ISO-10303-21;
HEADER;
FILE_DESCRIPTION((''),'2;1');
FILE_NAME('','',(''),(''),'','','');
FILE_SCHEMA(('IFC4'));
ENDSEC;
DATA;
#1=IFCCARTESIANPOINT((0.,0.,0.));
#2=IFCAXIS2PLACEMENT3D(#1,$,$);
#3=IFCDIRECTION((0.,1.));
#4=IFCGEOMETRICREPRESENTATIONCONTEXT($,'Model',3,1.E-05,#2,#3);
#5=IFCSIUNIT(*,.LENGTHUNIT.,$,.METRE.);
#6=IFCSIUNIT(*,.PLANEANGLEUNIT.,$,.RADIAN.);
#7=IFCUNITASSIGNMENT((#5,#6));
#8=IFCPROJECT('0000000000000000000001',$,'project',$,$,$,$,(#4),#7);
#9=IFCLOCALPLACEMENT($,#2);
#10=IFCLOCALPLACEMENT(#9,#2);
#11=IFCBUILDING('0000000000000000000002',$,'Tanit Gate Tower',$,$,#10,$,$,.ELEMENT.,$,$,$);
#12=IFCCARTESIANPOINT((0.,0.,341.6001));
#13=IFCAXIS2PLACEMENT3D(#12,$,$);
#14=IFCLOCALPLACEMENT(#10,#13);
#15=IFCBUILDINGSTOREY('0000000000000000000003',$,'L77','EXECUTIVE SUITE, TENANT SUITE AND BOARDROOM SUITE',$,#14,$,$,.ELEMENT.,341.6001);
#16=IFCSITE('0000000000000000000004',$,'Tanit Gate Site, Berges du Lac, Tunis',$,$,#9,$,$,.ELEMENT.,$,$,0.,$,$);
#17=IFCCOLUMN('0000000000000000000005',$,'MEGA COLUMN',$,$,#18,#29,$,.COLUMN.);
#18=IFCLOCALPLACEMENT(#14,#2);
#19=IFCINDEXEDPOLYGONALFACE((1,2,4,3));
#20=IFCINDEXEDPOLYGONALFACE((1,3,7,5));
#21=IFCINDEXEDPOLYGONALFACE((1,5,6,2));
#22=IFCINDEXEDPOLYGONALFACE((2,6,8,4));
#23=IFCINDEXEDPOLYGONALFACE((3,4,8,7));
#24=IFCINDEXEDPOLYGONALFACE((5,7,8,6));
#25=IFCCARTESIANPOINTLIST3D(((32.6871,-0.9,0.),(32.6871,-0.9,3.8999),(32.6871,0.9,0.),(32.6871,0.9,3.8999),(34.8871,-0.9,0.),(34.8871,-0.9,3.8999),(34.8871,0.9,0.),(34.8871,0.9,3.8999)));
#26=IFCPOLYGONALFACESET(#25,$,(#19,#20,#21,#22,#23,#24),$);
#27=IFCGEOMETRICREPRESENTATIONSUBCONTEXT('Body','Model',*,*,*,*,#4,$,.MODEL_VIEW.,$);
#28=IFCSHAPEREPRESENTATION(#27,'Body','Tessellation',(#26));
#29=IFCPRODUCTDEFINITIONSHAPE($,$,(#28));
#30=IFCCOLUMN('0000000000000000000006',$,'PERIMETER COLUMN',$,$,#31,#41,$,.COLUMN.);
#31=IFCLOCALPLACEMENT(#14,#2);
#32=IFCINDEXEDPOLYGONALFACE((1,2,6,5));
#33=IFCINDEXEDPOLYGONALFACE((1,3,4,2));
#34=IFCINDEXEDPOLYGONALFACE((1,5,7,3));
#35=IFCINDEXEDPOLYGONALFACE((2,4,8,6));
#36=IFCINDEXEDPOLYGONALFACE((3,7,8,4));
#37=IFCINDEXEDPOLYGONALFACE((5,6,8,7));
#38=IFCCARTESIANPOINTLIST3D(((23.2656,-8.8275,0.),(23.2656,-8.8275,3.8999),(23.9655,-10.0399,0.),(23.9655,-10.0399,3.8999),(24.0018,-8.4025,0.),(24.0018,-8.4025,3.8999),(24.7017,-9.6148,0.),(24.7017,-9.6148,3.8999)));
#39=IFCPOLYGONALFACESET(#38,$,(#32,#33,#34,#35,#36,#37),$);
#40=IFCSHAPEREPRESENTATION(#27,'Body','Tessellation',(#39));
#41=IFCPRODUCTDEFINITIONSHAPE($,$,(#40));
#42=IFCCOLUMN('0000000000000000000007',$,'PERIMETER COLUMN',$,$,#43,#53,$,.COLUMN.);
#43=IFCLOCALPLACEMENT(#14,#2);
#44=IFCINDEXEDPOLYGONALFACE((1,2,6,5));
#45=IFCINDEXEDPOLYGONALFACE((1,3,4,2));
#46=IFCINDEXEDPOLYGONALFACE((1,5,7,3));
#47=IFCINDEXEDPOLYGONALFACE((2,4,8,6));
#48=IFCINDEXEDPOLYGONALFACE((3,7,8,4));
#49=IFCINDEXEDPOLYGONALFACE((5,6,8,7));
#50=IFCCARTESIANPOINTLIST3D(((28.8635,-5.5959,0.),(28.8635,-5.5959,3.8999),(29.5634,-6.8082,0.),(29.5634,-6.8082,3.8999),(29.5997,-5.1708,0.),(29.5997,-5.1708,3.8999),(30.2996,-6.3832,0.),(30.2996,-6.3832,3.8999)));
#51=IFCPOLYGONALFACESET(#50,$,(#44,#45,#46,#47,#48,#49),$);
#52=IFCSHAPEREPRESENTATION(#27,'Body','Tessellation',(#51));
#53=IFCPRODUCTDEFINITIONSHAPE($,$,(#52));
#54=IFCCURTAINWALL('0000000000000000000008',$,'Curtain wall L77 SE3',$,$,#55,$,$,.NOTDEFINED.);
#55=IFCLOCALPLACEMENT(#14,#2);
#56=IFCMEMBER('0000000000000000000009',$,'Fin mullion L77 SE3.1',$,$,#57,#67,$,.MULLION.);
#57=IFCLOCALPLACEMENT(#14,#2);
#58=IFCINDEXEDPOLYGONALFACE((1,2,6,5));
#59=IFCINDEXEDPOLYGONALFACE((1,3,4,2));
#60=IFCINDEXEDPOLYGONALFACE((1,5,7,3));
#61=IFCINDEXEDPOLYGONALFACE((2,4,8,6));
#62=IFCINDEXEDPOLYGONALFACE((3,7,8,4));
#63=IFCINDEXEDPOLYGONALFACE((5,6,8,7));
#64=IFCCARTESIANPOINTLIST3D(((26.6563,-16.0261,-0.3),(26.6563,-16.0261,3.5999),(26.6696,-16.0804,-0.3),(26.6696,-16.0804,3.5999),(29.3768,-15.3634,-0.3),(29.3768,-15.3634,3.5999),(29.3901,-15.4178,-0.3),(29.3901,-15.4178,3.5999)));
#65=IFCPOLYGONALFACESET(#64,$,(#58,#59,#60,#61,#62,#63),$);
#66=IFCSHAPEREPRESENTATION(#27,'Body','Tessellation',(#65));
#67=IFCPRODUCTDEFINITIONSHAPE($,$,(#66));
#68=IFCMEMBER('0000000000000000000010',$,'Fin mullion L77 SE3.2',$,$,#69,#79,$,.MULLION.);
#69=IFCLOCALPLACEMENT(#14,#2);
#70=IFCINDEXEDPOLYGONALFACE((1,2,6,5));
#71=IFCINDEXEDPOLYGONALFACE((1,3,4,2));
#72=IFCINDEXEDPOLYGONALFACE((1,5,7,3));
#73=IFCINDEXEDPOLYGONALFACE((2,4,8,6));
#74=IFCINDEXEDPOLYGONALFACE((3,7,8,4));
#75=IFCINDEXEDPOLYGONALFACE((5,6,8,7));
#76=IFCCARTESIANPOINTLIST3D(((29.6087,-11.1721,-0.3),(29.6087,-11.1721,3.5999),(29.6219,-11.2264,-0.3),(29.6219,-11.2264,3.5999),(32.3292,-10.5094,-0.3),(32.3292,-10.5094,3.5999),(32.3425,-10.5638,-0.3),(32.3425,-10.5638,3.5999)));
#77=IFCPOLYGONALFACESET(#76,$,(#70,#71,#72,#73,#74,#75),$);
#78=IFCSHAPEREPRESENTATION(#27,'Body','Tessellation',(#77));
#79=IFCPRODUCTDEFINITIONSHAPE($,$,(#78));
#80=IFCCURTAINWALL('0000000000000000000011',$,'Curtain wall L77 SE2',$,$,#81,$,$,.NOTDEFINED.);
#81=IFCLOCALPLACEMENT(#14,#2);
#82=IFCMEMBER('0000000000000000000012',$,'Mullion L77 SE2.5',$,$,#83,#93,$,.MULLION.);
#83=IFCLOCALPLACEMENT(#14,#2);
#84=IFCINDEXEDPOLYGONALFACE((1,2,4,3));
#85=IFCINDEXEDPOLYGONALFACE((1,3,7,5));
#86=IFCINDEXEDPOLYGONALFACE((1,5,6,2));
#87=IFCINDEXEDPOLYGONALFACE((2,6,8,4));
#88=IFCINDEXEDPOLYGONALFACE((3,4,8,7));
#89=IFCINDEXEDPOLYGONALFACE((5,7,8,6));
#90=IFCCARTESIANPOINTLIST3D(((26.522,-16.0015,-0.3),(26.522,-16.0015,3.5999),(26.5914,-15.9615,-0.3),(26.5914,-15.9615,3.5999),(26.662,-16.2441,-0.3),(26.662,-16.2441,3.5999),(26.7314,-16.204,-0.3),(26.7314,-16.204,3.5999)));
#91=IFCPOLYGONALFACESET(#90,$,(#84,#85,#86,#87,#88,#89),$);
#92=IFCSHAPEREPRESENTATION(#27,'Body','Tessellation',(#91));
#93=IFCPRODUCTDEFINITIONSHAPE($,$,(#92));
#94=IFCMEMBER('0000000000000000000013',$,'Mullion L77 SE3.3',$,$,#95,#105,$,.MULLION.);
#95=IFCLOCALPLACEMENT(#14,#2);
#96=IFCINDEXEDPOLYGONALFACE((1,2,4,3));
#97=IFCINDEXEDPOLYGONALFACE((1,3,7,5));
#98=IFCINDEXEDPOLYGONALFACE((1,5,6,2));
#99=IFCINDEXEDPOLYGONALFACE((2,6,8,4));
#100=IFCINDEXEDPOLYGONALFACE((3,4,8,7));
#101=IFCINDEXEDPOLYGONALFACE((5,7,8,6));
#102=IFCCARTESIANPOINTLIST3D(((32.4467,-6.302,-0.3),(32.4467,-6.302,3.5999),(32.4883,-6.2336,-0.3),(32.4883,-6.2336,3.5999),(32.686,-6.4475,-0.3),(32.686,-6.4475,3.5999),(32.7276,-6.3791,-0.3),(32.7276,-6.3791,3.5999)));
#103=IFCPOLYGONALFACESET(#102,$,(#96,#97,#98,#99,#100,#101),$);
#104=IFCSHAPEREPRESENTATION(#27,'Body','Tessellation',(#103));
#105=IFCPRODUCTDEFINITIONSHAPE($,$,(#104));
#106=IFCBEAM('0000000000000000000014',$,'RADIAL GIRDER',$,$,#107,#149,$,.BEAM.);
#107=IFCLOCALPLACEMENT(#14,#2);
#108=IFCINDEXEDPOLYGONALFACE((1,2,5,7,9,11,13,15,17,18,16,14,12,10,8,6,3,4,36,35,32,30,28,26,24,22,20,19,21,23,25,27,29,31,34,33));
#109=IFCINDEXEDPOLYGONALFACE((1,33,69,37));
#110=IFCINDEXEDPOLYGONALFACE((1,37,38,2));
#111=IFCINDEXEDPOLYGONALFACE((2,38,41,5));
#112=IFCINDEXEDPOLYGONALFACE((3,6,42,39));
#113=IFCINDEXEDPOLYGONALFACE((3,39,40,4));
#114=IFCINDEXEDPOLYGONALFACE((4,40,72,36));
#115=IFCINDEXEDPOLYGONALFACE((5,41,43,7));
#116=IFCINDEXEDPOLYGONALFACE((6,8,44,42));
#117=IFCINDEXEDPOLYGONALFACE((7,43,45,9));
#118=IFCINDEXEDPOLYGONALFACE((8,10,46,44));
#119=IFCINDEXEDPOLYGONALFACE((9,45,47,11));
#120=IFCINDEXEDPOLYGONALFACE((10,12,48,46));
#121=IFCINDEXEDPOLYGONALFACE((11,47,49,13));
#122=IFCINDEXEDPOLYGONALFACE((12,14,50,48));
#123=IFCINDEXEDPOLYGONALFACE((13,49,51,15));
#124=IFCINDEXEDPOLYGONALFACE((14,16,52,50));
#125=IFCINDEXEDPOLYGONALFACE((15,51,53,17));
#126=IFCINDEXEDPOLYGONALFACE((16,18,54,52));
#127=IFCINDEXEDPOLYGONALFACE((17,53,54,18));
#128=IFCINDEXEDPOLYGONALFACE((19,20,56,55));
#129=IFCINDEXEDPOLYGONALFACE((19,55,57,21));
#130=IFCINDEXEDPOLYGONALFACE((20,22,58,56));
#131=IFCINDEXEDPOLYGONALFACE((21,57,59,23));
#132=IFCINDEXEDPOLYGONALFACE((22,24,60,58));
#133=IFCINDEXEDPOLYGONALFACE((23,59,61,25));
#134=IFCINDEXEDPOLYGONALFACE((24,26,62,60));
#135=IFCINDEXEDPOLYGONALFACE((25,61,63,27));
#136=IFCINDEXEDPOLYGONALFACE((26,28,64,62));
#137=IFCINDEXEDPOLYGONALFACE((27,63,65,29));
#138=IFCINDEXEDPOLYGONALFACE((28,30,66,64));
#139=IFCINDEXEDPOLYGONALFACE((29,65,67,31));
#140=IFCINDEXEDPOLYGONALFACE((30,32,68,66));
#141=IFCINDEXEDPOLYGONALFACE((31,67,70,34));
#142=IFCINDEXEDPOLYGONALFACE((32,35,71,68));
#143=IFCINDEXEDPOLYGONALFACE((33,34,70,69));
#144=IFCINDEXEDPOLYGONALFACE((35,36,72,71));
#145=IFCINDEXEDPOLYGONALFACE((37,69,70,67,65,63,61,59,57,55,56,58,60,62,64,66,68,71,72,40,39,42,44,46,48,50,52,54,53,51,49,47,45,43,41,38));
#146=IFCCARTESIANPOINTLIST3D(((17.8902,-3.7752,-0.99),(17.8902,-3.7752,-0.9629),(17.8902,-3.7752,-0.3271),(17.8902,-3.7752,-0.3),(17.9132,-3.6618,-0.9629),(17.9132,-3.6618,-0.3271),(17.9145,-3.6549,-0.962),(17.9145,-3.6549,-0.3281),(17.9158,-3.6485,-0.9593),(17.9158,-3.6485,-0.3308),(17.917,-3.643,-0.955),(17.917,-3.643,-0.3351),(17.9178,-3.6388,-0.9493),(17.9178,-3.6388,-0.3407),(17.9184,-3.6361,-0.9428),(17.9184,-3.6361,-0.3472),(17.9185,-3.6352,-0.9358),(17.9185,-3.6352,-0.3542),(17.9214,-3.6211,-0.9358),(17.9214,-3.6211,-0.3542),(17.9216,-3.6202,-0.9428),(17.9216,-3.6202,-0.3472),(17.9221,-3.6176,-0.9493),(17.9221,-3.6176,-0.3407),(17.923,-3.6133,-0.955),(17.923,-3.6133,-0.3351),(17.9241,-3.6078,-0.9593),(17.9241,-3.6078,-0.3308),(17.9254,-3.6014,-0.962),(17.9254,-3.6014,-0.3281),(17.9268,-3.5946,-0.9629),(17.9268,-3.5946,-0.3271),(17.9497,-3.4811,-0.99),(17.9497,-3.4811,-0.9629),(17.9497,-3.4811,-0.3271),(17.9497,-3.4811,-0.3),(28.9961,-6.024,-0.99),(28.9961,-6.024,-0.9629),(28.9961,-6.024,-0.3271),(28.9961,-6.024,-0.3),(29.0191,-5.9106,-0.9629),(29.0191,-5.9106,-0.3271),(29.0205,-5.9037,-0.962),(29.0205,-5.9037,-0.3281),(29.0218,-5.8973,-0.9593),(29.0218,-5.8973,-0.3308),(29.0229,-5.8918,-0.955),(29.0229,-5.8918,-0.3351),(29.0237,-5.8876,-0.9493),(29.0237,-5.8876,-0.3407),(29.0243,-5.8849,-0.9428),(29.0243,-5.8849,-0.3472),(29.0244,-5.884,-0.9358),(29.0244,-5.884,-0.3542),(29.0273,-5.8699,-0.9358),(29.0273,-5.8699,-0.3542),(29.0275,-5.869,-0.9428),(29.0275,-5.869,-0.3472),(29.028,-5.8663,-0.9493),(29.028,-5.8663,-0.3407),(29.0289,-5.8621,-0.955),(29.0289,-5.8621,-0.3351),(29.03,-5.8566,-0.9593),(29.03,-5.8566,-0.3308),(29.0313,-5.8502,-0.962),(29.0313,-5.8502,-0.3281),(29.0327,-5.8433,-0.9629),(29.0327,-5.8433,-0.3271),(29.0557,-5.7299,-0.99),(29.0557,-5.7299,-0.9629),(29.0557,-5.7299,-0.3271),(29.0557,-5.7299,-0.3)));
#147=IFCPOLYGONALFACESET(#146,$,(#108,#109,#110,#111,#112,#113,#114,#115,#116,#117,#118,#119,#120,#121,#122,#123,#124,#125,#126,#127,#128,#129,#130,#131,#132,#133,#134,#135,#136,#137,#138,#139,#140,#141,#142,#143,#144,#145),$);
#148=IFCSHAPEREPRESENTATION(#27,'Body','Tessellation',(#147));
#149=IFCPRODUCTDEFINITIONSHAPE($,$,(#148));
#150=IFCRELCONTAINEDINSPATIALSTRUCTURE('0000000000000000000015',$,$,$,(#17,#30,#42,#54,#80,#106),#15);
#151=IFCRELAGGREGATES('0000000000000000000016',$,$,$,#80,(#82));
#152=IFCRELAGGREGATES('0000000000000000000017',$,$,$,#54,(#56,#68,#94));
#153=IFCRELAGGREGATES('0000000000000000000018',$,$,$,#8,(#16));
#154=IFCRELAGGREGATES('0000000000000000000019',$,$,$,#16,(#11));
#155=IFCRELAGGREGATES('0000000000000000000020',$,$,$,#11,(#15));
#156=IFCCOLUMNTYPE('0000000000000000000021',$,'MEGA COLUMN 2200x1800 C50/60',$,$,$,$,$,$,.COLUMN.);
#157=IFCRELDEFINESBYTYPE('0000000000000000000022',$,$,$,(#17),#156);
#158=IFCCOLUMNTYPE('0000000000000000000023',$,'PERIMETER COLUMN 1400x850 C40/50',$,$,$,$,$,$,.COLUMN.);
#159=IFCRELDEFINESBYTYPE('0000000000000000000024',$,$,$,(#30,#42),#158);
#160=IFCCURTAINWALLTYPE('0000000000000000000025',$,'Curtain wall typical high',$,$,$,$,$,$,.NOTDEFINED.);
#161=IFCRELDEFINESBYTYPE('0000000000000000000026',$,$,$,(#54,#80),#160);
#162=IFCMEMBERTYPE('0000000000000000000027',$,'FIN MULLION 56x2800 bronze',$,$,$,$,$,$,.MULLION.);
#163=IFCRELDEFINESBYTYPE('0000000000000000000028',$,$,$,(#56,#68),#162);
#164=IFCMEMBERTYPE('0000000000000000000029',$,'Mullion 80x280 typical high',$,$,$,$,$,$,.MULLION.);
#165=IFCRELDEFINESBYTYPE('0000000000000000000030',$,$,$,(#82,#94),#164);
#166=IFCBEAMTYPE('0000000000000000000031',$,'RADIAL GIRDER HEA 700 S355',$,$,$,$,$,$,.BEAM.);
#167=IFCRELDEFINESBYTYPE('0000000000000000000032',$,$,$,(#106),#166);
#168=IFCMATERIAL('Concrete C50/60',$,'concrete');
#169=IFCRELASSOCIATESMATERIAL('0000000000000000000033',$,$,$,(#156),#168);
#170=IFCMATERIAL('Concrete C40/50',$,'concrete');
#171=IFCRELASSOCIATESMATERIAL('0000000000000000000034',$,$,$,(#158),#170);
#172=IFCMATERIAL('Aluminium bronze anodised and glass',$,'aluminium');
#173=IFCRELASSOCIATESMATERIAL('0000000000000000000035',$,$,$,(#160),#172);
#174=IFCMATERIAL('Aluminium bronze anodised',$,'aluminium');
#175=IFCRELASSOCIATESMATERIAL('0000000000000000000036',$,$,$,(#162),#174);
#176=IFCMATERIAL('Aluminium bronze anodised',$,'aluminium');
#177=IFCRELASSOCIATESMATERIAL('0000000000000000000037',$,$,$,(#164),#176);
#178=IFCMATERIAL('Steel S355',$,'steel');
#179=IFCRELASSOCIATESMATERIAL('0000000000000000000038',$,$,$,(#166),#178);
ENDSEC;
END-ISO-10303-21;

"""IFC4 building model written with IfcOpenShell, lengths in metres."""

from ifc_helpers import new_model, si_unit, direction, frame, origin, origin_2d, place, context, subcontext, project, spatial, rectangle, i_section, extrude, material, material_profile, profile_set, type_object, element, aggregate, save


model = new_model("IFC4")

# Units and contexts
model_context = context("Model", 3, precision=1e-05, world=origin(), true_north=direction((0.0, 1.0)))
body_context = subcontext(model_context, "Body", "Model", "MODEL_VIEW")
ifc_project = project(units=[si_unit("LENGTHUNIT", "METRE"), si_unit("PLANEANGLEUNIT", "RADIAN")], contexts=[model_context])

# Site, building, storey
site_placement = place(None, origin())
site = spatial("IfcSite", under=ifc_project, at=site_placement, Name="Tanit Gate Site, Berges du Lac, Tunis", CompositionType="ELEMENT", RefElevation=0.0)
building_placement = place(site_placement, origin())
building = spatial("IfcBuilding", under=site, at=building_placement, Name="Tanit Gate Tower", CompositionType="ELEMENT")
storey_placement = place(building_placement, frame((0.0, 0.0, 341.6001)))
storey = spatial("IfcBuildingStorey", under=building, at=storey_placement, Name="L77", Description="EXECUTIVE SUITE, TENANT SUITE AND BOARDROOM SUITE", CompositionType="ELEMENT", Elevation=341.6001)

# Columns
ifc_material_1 = material(Name="Concrete C50/60", Category="concrete")
ifc_material_profile_1 = material_profile(ifc_material_1, rectangle(XDim=2.2, YDim=1.8, at=origin_2d()), Name="RC 2200x1800")
ifc_profile_set_1 = profile_set([ifc_material_profile_1], Name="Concrete C50/60")
column_type_1 = type_object("IfcColumnType", Name="MEGA COLUMN 2200x1800 C50/60", PredefinedType="COLUMN", material=ifc_profile_set_1)
column_placement = place(storey_placement, frame((33.7871, 0.0, 0.0), z_axis=(0.0, 0.0, 1.0), x_axis=(1.0, 0.0, 0.0)))
element("IfcColumn", 1, at=column_placement, inside=storey, type_object=column_type_1, Name="MEGA COLUMN", PredefinedType="COLUMN", context=body_context, shape_type="SweptSolid", body=[
    extrude(rectangle(XDim=2.2, YDim=1.8, at=origin_2d()), origin(), (0.0, 0.0, 1.0), 3.8999),
])
ifc_material_2 = material(Name="Concrete C40/50", Category="concrete")
ifc_material_profile_2 = material_profile(ifc_material_2, rectangle(XDim=1.3999, YDim=0.8501, at=origin_2d()), Name="RC 1400x850")
ifc_profile_set_2 = profile_set([ifc_material_profile_2], Name="Concrete C40/50")
column_type_2 = type_object("IfcColumnType", Name="PERIMETER COLUMN 1400x850 C40/50", PredefinedType="COLUMN", material=ifc_profile_set_2)
for number, where, z_axis, x_axis, name in (
    (2, (23.9836, -9.2212, 0.0), (0.0, 0.0, 1.0), (0.5, -0.866025, 0.0), "PERIMETER COLUMN"),
    (3, (29.5815, -5.9895, 0.0), (0.0, 0.0, 1.0), (0.5, -0.866025, 0.0), "PERIMETER COLUMN"),
):
    element("IfcColumn", number, at=place(storey_placement, frame(where, z_axis=z_axis, x_axis=x_axis)), inside=storey, type_object=column_type_2, Name=name, PredefinedType="COLUMN", context=body_context, shape_type="SweptSolid", body=[
        extrude(rectangle(XDim=1.3999, YDim=0.8501, at=origin_2d()), origin(), (0.0, 0.0, 1.0), 3.8999),
    ])

# Curtain wall, members
ifc_material_3 = material(Name="Aluminium bronze anodised and glass", Category="aluminium")
curtain_wall_type = type_object("IfcCurtainWallType", Name="Curtain wall typical high", PredefinedType="NOTDEFINED", material=ifc_material_3)
curtain_wall_1_placement = place(storey_placement, origin())
curtain_wall_1 = element("IfcCurtainWall", 4, at=curtain_wall_1_placement, inside=storey, type_object=curtain_wall_type, Name="Curtain wall L77 SE3", PredefinedType="NOTDEFINED")
ifc_material_4 = material(Name="Aluminium bronze anodised", Category="aluminium")
ifc_material_profile_3 = material_profile(ifc_material_4, rectangle(XDim=2.8, YDim=0.0559, at=origin_2d()), Name="56x2800 bronze fin mullion")
ifc_profile_set_3 = profile_set([ifc_material_profile_3], Name="Aluminium bronze anodised")
member_type_1 = type_object("IfcMemberType", Name="FIN MULLION 56x2800 bronze", PredefinedType="MULLION", material=ifc_profile_set_3)
member_1_placement = place(storey_placement, frame((28.0232, -15.7219, -0.3), z_axis=(0.0, 0.0, 1.0), x_axis=(-0.971595, -0.236651, 0.0)))
member_1 = element("IfcMember", 5, at=member_1_placement, type_object=member_type_1, Name="Fin mullion L77 SE3.1", PredefinedType="MULLION", context=body_context, shape_type="SweptSolid", body=[
    extrude(rectangle(XDim=2.8, YDim=0.0559, at=origin_2d()), origin(), (0.0, 0.0, 1.0), 3.8999),
])
member_2_placement = place(storey_placement, frame((30.9756, -10.8679, -0.3), z_axis=(0.0, 0.0, 1.0), x_axis=(-0.971595, -0.236651, 0.0)))
member_2 = element("IfcMember", 6, at=member_2_placement, type_object=member_type_1, Name="Fin mullion L77 SE3.2", PredefinedType="MULLION", context=body_context, shape_type="SweptSolid", body=[
    extrude(rectangle(XDim=2.8, YDim=0.0559, at=origin_2d()), origin(), (0.0, 0.0, 1.0), 3.8999),
])

# Curtain wall, member
curtain_wall_2_placement = place(storey_placement, origin())
curtain_wall_2 = element("IfcCurtainWall", 7, at=curtain_wall_2_placement, inside=storey, type_object=curtain_wall_type, Name="Curtain wall L77 SE2", PredefinedType="NOTDEFINED")
ifc_material_5 = material(Name="Aluminium bronze anodised", Category="aluminium")
ifc_material_profile_4 = material_profile(ifc_material_5, rectangle(XDim=0.28, YDim=0.0801, at=origin_2d()), Name="80x280 bronze mullion")
ifc_profile_set_4 = profile_set([ifc_material_profile_4], Name="Aluminium bronze anodised")
member_type_2 = type_object("IfcMemberType", Name="Mullion 80x280 typical high", PredefinedType="MULLION", material=ifc_profile_set_4)
member_3_placement = place(storey_placement, frame((26.6267, -16.1028, -0.3), z_axis=(0.0, 0.0, 1.0), x_axis=(-0.49994, 0.86606, 0.0)))
member_3 = element("IfcMember", 8, at=member_3_placement, type_object=member_type_2, Name="Mullion L77 SE2.5", PredefinedType="MULLION", context=body_context, shape_type="SweptSolid", body=[
    extrude(rectangle(XDim=0.28, YDim=0.0801, at=origin_2d()), origin(), (0.0, 0.0, 1.0), 3.8999),
])

# Member
member_4_placement = place(storey_placement, frame((32.5872, -6.3406, -0.3), z_axis=(0.0, 0.0, 1.0), x_axis=(-0.854359, 0.519684, 0.0)))
member_4 = element("IfcMember", 9, at=member_4_placement, type_object=member_type_2, Name="Mullion L77 SE3.3", PredefinedType="MULLION", context=body_context, shape_type="SweptSolid", body=[
    extrude(rectangle(XDim=0.28, YDim=0.0801, at=origin_2d()), origin(), (0.0, 0.0, 1.0), 3.8999),
])

# Beam
ifc_material_6 = material(Name="Steel S355", Category="steel")
ifc_material_profile_5 = material_profile(ifc_material_6, i_section(OverallWidth=0.3, OverallDepth=0.6899, WebThickness=0.0144, FlangeThickness=0.0271, FilletRadius=0.0271, at=origin_2d()), Name="HEA 700")
ifc_profile_set_5 = profile_set([ifc_material_profile_5], Name="Steel S355")
beam_type_1 = type_object("IfcBeamType", Name="RADIAL GIRDER HEA 700 S355", PredefinedType="BEAM", material=ifc_profile_set_5)
beam_1_placement = place(storey_placement, frame((29.0259, -5.877, -0.645), z_axis=(-0.98011, 0.198457, 0.0), x_axis=(-0.198457, -0.98011, 0.0)))
element("IfcBeam", 10, at=beam_1_placement, inside=storey, type_object=beam_type_1, Name="RADIAL GIRDER", PredefinedType="BEAM", context=body_context, shape_type="SweptSolid", body=[
    extrude(i_section(OverallWidth=0.3, OverallDepth=0.6899, WebThickness=0.0144, FlangeThickness=0.0271, FilletRadius=0.0271, at=origin_2d()), origin(), (0.0, 0.0, 1.0), 11.3313),
])

aggregate(curtain_wall_2, [member_3])
aggregate(curtain_wall_1, [member_1, member_2, member_4])

save(model, "model.ifc")
